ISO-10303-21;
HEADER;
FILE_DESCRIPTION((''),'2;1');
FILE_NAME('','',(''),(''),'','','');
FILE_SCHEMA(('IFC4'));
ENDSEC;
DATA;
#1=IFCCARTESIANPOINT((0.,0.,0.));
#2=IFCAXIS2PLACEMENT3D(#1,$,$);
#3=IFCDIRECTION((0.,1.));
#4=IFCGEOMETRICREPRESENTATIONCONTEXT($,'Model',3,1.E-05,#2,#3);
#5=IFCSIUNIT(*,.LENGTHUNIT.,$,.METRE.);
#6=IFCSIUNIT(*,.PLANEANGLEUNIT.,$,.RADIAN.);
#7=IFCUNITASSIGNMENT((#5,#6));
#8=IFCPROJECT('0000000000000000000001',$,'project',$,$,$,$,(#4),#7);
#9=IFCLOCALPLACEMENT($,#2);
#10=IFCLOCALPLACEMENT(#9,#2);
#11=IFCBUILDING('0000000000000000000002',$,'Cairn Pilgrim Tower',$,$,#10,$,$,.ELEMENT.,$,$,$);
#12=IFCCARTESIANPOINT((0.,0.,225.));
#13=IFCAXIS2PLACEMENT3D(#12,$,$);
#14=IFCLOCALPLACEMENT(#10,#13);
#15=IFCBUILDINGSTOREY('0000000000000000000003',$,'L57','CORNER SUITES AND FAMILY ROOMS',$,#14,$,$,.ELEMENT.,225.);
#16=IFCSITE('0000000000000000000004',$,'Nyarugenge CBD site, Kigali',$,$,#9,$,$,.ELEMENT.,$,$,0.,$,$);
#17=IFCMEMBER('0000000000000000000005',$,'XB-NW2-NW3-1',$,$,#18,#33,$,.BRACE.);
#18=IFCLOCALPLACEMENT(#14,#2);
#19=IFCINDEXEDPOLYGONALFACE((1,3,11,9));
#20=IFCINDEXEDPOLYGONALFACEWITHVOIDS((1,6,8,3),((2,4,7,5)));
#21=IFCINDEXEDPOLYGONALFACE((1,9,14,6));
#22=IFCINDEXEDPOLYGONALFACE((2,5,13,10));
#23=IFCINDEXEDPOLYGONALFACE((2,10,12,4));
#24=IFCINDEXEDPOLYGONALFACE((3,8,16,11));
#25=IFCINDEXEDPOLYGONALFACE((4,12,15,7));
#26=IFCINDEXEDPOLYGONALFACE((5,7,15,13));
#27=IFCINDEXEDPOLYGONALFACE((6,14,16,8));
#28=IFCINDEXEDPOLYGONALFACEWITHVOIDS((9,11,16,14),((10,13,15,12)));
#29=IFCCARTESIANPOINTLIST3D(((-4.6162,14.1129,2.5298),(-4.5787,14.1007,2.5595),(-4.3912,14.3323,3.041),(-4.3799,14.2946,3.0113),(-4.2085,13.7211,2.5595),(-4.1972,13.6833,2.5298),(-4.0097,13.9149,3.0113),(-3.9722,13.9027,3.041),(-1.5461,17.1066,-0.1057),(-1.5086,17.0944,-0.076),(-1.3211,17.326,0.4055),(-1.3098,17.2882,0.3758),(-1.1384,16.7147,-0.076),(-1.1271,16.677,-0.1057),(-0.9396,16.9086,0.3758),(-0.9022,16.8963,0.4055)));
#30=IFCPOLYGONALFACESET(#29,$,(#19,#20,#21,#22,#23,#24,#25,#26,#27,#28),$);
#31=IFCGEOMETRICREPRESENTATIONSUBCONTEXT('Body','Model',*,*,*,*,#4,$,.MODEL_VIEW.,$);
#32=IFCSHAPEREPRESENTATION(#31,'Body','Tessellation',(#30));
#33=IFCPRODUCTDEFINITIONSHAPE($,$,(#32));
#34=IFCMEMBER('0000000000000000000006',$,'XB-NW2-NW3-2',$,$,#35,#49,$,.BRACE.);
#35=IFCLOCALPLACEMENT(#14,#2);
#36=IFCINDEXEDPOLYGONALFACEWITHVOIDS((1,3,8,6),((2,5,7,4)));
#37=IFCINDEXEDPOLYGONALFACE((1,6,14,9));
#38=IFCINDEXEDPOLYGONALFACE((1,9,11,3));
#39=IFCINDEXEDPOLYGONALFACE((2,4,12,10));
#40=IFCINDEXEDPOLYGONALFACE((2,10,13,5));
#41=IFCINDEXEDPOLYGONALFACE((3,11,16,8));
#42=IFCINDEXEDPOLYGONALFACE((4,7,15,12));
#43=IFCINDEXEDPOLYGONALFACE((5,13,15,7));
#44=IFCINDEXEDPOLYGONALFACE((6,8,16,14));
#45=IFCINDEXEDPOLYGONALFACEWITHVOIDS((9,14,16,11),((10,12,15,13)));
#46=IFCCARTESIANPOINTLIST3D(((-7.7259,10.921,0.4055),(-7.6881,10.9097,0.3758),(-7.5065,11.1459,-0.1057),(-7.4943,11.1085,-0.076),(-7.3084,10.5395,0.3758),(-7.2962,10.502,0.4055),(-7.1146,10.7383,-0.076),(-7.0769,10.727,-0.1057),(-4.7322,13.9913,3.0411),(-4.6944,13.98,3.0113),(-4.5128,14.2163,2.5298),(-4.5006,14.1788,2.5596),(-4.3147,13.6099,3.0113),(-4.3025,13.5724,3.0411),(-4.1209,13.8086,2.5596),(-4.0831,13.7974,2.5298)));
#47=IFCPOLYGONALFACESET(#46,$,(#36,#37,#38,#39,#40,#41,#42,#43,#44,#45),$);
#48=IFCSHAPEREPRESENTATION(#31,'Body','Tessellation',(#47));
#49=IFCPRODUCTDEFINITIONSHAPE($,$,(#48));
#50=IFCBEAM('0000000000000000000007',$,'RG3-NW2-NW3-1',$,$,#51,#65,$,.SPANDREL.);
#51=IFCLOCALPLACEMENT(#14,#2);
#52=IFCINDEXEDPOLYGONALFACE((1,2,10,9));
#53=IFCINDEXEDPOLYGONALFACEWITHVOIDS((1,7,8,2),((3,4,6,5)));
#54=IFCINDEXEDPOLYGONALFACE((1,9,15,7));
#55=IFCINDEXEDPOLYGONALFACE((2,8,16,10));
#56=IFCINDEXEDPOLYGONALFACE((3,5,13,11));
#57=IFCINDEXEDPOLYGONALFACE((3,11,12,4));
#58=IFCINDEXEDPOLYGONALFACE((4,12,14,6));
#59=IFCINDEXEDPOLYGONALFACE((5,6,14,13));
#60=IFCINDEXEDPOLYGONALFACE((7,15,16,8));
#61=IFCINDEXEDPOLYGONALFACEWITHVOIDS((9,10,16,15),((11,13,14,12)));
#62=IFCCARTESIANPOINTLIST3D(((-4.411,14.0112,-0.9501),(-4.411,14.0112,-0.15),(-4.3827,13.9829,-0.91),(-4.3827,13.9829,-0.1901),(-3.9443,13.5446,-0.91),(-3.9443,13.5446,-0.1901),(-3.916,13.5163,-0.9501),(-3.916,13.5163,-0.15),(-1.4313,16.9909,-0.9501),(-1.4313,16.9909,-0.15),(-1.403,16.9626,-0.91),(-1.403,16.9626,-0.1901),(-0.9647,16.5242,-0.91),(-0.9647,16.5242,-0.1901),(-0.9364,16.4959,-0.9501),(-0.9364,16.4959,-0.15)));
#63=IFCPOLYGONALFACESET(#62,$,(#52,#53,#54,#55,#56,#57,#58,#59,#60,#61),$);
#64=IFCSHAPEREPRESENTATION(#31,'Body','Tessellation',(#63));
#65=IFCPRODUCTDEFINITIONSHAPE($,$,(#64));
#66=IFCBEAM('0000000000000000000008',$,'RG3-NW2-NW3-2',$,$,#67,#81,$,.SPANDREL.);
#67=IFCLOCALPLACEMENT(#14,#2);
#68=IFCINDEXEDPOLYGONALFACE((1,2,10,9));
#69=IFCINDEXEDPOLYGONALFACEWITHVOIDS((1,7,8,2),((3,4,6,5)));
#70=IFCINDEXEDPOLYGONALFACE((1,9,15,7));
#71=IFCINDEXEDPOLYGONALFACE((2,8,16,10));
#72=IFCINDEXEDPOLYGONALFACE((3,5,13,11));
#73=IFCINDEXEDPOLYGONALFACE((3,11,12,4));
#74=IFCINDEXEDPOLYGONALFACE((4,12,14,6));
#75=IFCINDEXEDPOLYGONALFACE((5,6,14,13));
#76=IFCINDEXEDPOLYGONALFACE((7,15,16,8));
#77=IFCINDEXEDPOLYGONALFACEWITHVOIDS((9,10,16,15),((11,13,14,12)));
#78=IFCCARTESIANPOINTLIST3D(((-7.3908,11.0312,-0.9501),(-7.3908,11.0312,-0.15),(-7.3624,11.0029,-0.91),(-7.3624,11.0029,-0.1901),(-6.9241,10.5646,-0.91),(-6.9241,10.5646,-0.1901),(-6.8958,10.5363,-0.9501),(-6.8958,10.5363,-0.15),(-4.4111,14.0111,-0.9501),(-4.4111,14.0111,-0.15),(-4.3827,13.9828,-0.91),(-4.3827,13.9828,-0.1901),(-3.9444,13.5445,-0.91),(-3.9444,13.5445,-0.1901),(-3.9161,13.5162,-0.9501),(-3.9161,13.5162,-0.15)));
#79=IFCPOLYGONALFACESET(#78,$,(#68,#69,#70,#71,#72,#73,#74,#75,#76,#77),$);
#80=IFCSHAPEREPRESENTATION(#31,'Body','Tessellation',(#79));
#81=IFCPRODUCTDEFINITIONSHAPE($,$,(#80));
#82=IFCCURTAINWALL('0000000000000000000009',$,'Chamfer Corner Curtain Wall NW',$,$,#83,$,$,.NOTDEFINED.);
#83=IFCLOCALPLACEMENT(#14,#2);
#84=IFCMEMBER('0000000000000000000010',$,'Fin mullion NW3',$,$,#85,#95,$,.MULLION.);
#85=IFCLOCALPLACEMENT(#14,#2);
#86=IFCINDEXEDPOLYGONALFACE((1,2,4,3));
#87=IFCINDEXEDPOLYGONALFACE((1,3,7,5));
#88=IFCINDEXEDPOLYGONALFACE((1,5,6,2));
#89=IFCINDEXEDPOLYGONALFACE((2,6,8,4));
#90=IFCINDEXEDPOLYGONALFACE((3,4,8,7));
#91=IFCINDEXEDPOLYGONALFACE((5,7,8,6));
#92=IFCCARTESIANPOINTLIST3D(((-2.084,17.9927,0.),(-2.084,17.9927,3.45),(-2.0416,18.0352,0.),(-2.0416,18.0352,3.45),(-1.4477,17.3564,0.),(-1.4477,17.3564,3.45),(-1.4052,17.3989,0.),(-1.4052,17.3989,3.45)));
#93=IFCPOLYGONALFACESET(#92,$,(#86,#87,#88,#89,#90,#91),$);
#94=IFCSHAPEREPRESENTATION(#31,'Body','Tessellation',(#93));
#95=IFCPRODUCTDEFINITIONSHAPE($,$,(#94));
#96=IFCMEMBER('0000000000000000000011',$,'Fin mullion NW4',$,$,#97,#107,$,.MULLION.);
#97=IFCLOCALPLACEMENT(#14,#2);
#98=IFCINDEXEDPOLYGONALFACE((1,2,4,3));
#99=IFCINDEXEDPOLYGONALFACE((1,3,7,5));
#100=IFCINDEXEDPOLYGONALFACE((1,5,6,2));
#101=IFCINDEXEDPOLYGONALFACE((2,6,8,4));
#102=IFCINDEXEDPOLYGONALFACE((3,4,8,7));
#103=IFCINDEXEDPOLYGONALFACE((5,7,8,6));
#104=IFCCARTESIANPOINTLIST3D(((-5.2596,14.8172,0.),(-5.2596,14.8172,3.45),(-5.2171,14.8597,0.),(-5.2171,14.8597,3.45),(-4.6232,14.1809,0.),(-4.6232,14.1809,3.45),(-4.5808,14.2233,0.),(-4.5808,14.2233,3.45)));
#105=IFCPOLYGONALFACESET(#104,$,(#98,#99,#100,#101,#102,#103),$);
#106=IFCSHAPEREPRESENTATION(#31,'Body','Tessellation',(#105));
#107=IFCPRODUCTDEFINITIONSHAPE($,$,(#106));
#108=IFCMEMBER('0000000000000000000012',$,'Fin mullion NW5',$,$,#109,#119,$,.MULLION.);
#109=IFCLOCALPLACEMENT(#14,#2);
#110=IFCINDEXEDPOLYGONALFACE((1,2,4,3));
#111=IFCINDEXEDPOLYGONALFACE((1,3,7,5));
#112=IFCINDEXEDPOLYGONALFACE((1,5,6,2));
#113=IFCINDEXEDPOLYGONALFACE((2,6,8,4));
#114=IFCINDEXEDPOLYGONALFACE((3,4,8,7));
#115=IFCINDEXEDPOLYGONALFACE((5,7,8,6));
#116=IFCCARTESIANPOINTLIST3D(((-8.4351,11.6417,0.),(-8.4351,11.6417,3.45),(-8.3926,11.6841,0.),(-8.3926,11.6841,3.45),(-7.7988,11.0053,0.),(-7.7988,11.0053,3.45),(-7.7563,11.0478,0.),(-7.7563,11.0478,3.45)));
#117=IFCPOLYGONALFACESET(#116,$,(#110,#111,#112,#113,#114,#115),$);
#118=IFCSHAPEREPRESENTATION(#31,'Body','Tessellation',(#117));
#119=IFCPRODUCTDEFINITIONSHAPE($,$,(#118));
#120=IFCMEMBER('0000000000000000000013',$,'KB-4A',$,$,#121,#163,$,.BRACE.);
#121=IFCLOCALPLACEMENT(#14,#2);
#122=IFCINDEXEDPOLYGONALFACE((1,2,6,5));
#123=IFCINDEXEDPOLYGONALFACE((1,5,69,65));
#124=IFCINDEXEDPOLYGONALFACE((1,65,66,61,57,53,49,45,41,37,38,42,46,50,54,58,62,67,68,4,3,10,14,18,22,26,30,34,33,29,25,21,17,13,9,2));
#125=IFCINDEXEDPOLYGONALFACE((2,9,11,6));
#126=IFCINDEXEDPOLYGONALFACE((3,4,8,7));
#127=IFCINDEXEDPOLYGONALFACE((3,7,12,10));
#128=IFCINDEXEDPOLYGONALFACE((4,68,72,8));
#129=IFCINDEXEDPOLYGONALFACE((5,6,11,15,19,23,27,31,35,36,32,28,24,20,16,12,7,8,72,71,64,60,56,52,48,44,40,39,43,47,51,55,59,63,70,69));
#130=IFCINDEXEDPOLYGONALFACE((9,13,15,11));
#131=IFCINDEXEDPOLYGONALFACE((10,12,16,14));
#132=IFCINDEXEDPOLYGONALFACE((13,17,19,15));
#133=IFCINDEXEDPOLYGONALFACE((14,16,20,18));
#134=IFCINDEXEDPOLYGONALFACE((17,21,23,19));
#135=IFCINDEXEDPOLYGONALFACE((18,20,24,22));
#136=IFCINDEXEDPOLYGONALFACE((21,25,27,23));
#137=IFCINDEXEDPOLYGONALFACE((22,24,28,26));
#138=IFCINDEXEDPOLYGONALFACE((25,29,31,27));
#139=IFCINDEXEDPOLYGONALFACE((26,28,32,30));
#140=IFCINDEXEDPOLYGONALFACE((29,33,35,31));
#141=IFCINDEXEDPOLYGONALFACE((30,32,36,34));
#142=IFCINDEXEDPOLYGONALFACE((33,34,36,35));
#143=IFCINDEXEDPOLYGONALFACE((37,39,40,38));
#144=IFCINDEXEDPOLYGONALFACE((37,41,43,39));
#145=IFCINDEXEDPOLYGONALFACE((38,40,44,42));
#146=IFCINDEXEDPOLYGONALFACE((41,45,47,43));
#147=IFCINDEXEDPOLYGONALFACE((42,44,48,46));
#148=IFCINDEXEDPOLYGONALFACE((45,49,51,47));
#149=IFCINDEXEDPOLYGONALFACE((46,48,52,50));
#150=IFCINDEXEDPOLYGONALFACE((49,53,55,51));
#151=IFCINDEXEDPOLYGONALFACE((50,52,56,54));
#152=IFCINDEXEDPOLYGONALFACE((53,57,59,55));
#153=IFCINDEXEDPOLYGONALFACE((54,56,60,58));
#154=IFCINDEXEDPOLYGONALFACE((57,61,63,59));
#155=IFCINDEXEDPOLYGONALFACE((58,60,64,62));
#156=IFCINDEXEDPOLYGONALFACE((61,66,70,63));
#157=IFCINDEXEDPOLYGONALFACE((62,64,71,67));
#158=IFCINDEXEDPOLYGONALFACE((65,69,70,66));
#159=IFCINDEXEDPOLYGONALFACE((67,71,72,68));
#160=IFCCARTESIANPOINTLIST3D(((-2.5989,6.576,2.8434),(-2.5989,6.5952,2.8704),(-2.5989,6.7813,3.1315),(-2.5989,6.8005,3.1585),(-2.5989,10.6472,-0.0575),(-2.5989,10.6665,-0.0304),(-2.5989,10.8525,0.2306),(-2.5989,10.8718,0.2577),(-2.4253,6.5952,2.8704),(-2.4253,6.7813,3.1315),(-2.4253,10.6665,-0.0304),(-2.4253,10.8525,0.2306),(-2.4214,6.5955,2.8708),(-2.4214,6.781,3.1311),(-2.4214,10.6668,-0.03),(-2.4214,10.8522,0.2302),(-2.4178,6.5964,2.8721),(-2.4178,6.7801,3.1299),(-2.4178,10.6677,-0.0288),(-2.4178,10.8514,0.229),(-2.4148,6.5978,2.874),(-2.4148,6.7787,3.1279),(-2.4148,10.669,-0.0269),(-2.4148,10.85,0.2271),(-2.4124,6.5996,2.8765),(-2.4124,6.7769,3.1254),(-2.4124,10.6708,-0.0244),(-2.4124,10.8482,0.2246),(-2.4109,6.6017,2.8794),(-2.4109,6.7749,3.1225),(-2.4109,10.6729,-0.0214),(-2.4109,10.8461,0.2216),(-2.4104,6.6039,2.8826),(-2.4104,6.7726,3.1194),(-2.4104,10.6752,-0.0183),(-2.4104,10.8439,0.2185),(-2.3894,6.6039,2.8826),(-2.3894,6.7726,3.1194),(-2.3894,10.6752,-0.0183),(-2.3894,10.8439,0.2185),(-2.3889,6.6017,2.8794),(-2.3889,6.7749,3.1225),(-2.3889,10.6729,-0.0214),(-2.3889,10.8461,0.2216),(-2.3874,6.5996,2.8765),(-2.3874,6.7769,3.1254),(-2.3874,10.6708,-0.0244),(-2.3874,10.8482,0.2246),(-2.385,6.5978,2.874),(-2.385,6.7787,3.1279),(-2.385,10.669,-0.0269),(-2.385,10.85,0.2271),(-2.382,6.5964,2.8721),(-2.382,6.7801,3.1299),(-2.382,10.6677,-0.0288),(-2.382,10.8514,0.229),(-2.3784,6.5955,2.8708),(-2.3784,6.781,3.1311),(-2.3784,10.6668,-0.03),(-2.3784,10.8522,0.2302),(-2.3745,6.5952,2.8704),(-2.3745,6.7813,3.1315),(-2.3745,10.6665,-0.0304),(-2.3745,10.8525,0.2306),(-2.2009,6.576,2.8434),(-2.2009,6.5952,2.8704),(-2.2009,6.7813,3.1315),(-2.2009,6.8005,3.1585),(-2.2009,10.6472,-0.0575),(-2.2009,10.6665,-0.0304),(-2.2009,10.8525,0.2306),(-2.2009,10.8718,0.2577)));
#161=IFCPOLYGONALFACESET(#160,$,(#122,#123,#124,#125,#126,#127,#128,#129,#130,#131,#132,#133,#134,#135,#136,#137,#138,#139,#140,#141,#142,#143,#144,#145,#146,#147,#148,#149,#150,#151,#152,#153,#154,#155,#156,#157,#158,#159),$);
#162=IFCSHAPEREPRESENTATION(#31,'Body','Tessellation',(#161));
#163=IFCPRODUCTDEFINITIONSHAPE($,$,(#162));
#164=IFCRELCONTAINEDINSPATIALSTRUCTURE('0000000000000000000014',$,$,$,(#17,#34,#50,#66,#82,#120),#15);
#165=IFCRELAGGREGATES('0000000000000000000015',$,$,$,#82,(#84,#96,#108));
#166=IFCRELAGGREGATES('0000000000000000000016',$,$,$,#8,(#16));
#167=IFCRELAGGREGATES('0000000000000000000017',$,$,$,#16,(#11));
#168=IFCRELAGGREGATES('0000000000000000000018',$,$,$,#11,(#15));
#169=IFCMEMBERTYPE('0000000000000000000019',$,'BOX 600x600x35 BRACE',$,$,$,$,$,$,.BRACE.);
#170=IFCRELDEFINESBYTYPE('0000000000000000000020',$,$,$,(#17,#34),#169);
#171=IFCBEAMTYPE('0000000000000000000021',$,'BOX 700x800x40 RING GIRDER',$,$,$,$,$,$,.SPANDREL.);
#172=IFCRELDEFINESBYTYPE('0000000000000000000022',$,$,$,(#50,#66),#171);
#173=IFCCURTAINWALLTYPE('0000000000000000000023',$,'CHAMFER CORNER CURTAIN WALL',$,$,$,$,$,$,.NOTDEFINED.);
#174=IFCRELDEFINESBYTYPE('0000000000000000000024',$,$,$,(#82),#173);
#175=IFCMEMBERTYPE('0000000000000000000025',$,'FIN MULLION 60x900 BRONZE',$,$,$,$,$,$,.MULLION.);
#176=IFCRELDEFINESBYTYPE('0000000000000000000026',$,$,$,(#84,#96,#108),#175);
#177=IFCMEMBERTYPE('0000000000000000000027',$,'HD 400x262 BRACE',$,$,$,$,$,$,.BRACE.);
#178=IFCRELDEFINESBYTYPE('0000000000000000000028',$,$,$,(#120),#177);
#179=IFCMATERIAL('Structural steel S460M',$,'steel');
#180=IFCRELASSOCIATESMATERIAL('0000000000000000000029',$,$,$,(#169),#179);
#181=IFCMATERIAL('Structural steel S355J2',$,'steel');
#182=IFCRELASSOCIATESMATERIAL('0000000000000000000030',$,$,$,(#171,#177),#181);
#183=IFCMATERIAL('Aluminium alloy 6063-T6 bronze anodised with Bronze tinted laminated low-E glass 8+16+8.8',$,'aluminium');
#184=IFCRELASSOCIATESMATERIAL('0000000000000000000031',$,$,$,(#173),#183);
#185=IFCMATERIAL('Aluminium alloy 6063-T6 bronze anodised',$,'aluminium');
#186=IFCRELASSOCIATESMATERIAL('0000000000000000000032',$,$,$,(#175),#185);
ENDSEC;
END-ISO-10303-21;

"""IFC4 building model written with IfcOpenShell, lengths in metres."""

from ifc_helpers import new_model, si_unit, direction, frame, origin, origin_2d, place, context, subcontext, project, spatial, rectangle, hollow_rectangle, i_section, extrude, material, material_profile, profile_set, type_object, element, aggregate, save


model = new_model("IFC4")

# Units and contexts
model_context = context("Model", 3, precision=1e-05, world=origin(), true_north=direction((0.0, 1.0)))
body_context = subcontext(model_context, "Body", "Model", "MODEL_VIEW")
ifc_project = project(units=[si_unit("LENGTHUNIT", "METRE"), si_unit("PLANEANGLEUNIT", "RADIAN")], contexts=[model_context])

# Site, building, storey
site_placement = place(None, origin())
site = spatial("IfcSite", under=ifc_project, at=site_placement, Name="Nyarugenge CBD site, Kigali", CompositionType="ELEMENT", RefElevation=0.0)
building_placement = place(site_placement, origin())
building = spatial("IfcBuilding", under=site, at=building_placement, Name="Cairn Pilgrim Tower", CompositionType="ELEMENT")
storey_placement = place(building_placement, frame((0.0, 0.0, 225.0)))
storey = spatial("IfcBuildingStorey", under=building, at=storey_placement, Name="L57", Description="CORNER SUITES AND FAMILY ROOMS", CompositionType="ELEMENT", Elevation=225.0)

# Shared definitions
ifc_material_1 = material(Name="Structural steel S355J2", Category="steel")
ifc_material_2 = material(Name="Structural steel S460M", Category="steel")

# Members
ifc_material_profile_1 = material_profile(ifc_material_2, hollow_rectangle(XDim=0.6001, YDim=0.6001, WallThickness=0.0349, at=origin_2d()), Name="BOX 600x600x35")
ifc_profile_set_1 = profile_set([ifc_material_profile_1], Name="Structural steel S460M")
member_type_1 = type_object("IfcMemberType", Name="BOX 600x600x35 BRACE", PredefinedType="BRACE", material=ifc_profile_set_1)
member_1_placement = place(storey_placement, frame((-1.2241, 17.0015, 0.1499), z_axis=(-0.609963, -0.594781, 0.523623), x_axis=(0.69814, -0.715961, 0.0)))
element("IfcMember", 1, at=member_1_placement, inside=storey, type_object=member_type_1, Name="XB-NW2-NW3-1", PredefinedType="BRACE", context=body_context, shape_type="SweptSolid", body=[
    extrude(hollow_rectangle(XDim=0.6001, YDim=0.6001, WallThickness=0.0349, at=origin_2d()), origin(), (0.0, 0.0, 1.0), 5.0332),
])
member_2_placement = place(storey_placement, frame((-7.4014, 10.824, 0.1499), z_axis=(0.594763, 0.609994, 0.523607), x_axis=(-0.715989, 0.698112, 0.0)))
element("IfcMember", 2, at=member_2_placement, inside=storey, type_object=member_type_1, Name="XB-NW2-NW3-2", PredefinedType="BRACE", context=body_context, shape_type="SweptSolid", body=[
    extrude(hollow_rectangle(XDim=0.6001, YDim=0.6001, WallThickness=0.0349, at=origin_2d()), origin(), (0.0, 0.0, 1.0), 5.0334),
])

# Beams
ifc_material_profile_2 = material_profile(ifc_material_1, hollow_rectangle(XDim=0.7, YDim=0.8, WallThickness=0.04, at=origin_2d()), Name="BOX 700x800x40")
ifc_profile_set_2 = profile_set([ifc_material_profile_2], Name="Structural steel S355J2")
beam_type_1 = type_object("IfcBeamType", Name="BOX 700x800x40 RING GIRDER", PredefinedType="SPANDREL", material=ifc_profile_set_2)
beam_1_placement = place(storey_placement, frame((-1.1838, 16.7434, -0.55), z_axis=(-0.707107, -0.707107, 0.0), x_axis=(0.707107, -0.707107, 0.0)))
element("IfcBeam", 3, at=beam_1_placement, inside=storey, type_object=beam_type_1, Name="RG3-NW2-NW3-1", PredefinedType="SPANDREL", context=body_context, shape_type="SweptSolid", body=[
    extrude(hollow_rectangle(XDim=0.7, YDim=0.8, WallThickness=0.04, at=origin_2d()), origin(), (0.0, 0.0, 1.0), 4.2139),
])
beam_2_placement = place(storey_placement, frame((-4.1636, 13.7637, -0.55), z_axis=(-0.707078, -0.707136, 0.0), x_axis=(0.707136, -0.707078, 0.0)))
element("IfcBeam", 4, at=beam_2_placement, inside=storey, type_object=beam_type_1, Name="RG3-NW2-NW3-2", PredefinedType="SPANDREL", context=body_context, shape_type="SweptSolid", body=[
    extrude(hollow_rectangle(XDim=0.7, YDim=0.8, WallThickness=0.04, at=origin_2d()), origin(), (0.0, 0.0, 1.0), 4.2141),
])

# Curtain wall, members
ifc_material_3 = material(Name="Aluminium alloy 6063-T6 bronze anodised with Bronze tinted laminated low-E glass 8+16+8.8", Category="aluminium")
curtain_wall_type = type_object("IfcCurtainWallType", Name="CHAMFER CORNER CURTAIN WALL", PredefinedType="NOTDEFINED", material=ifc_material_3)
curtain_wall_placement = place(storey_placement, origin())
curtain_wall = element("IfcCurtainWall", 5, at=curtain_wall_placement, inside=storey, type_object=curtain_wall_type, Name="Chamfer Corner Curtain Wall NW", PredefinedType="NOTDEFINED")
ifc_material_4 = material(Name="Aluminium alloy 6063-T6 bronze anodised", Category="aluminium")
ifc_material_profile_3 = material_profile(ifc_material_4, rectangle(XDim=0.8999, YDim=0.0601, at=origin_2d()), Name="FIN MULLION 60x900 BRONZE")
ifc_profile_set_3 = profile_set([ifc_material_profile_3], Name="Aluminium alloy 6063-T6 bronze anodised")
member_type_2 = type_object("IfcMemberType", Name="FIN MULLION 60x900 BRONZE", PredefinedType="MULLION", material=ifc_profile_set_3)
member_3_placement = place(storey_placement, frame((-1.7446, 17.6958, 0.0), z_axis=(0.0, 0.0, 1.0), x_axis=(-0.707107, 0.707107, 0.0)))
member_3 = element("IfcMember", 6, at=member_3_placement, type_object=member_type_2, Name="Fin mullion NW3", PredefinedType="MULLION", context=body_context, shape_type="SweptSolid", body=[
    extrude(rectangle(XDim=0.8999, YDim=0.0601, at=origin_2d()), origin(), (0.0, 0.0, 1.0), 3.45),
])
member_4_placement = place(storey_placement, frame((-4.9202, 14.5203, 0.0), z_axis=(0.0, 0.0, 1.0), x_axis=(-0.707107, 0.707107, 0.0)))
member_4 = element("IfcMember", 7, at=member_4_placement, type_object=member_type_2, Name="Fin mullion NW4", PredefinedType="MULLION", context=body_context, shape_type="SweptSolid", body=[
    extrude(rectangle(XDim=0.8999, YDim=0.0601, at=origin_2d()), origin(), (0.0, 0.0, 1.0), 3.45),
])
member_5_placement = place(storey_placement, frame((-8.0957, 11.3447, 0.0), z_axis=(0.0, 0.0, 1.0), x_axis=(-0.707107, 0.707107, 0.0)))
member_5 = element("IfcMember", 8, at=member_5_placement, type_object=member_type_2, Name="Fin mullion NW5", PredefinedType="MULLION", context=body_context, shape_type="SweptSolid", body=[
    extrude(rectangle(XDim=0.8999, YDim=0.0601, at=origin_2d()), origin(), (0.0, 0.0, 1.0), 3.45),
])

# Member
ifc_material_profile_4 = material_profile(ifc_material_1, i_section(OverallWidth=0.3979, OverallDepth=0.387, WebThickness=0.021, FlangeThickness=0.0332, FilletRadius=0.0149, at=origin_2d()), Name="HD 400x262")
ifc_profile_set_4 = profile_set([ifc_material_profile_4], Name="Structural steel S355J2")
member_type_3 = type_object("IfcMemberType", Name="HD 400x262 BRACE", PredefinedType="BRACE", material=ifc_profile_set_4)
member_6_placement = place(storey_placement, frame((-2.3999, 10.7595, 0.1001), z_axis=(0.0, -0.814413, 0.580286), x_axis=(1.0, 0.0, 0.0)))
element("IfcMember", 9, at=member_6_placement, inside=storey, type_object=member_type_3, Name="KB-4A", PredefinedType="BRACE", context=body_context, shape_type="SweptSolid", body=[
    extrude(i_section(OverallWidth=0.3979, OverallDepth=0.387, WebThickness=0.021, FlangeThickness=0.0332, FilletRadius=0.0149, at=origin_2d()), origin(), (0.0, 0.0, 1.0), 4.999),
])

aggregate(curtain_wall, [member_3, member_4, member_5])

save(model, "model.ifc")
